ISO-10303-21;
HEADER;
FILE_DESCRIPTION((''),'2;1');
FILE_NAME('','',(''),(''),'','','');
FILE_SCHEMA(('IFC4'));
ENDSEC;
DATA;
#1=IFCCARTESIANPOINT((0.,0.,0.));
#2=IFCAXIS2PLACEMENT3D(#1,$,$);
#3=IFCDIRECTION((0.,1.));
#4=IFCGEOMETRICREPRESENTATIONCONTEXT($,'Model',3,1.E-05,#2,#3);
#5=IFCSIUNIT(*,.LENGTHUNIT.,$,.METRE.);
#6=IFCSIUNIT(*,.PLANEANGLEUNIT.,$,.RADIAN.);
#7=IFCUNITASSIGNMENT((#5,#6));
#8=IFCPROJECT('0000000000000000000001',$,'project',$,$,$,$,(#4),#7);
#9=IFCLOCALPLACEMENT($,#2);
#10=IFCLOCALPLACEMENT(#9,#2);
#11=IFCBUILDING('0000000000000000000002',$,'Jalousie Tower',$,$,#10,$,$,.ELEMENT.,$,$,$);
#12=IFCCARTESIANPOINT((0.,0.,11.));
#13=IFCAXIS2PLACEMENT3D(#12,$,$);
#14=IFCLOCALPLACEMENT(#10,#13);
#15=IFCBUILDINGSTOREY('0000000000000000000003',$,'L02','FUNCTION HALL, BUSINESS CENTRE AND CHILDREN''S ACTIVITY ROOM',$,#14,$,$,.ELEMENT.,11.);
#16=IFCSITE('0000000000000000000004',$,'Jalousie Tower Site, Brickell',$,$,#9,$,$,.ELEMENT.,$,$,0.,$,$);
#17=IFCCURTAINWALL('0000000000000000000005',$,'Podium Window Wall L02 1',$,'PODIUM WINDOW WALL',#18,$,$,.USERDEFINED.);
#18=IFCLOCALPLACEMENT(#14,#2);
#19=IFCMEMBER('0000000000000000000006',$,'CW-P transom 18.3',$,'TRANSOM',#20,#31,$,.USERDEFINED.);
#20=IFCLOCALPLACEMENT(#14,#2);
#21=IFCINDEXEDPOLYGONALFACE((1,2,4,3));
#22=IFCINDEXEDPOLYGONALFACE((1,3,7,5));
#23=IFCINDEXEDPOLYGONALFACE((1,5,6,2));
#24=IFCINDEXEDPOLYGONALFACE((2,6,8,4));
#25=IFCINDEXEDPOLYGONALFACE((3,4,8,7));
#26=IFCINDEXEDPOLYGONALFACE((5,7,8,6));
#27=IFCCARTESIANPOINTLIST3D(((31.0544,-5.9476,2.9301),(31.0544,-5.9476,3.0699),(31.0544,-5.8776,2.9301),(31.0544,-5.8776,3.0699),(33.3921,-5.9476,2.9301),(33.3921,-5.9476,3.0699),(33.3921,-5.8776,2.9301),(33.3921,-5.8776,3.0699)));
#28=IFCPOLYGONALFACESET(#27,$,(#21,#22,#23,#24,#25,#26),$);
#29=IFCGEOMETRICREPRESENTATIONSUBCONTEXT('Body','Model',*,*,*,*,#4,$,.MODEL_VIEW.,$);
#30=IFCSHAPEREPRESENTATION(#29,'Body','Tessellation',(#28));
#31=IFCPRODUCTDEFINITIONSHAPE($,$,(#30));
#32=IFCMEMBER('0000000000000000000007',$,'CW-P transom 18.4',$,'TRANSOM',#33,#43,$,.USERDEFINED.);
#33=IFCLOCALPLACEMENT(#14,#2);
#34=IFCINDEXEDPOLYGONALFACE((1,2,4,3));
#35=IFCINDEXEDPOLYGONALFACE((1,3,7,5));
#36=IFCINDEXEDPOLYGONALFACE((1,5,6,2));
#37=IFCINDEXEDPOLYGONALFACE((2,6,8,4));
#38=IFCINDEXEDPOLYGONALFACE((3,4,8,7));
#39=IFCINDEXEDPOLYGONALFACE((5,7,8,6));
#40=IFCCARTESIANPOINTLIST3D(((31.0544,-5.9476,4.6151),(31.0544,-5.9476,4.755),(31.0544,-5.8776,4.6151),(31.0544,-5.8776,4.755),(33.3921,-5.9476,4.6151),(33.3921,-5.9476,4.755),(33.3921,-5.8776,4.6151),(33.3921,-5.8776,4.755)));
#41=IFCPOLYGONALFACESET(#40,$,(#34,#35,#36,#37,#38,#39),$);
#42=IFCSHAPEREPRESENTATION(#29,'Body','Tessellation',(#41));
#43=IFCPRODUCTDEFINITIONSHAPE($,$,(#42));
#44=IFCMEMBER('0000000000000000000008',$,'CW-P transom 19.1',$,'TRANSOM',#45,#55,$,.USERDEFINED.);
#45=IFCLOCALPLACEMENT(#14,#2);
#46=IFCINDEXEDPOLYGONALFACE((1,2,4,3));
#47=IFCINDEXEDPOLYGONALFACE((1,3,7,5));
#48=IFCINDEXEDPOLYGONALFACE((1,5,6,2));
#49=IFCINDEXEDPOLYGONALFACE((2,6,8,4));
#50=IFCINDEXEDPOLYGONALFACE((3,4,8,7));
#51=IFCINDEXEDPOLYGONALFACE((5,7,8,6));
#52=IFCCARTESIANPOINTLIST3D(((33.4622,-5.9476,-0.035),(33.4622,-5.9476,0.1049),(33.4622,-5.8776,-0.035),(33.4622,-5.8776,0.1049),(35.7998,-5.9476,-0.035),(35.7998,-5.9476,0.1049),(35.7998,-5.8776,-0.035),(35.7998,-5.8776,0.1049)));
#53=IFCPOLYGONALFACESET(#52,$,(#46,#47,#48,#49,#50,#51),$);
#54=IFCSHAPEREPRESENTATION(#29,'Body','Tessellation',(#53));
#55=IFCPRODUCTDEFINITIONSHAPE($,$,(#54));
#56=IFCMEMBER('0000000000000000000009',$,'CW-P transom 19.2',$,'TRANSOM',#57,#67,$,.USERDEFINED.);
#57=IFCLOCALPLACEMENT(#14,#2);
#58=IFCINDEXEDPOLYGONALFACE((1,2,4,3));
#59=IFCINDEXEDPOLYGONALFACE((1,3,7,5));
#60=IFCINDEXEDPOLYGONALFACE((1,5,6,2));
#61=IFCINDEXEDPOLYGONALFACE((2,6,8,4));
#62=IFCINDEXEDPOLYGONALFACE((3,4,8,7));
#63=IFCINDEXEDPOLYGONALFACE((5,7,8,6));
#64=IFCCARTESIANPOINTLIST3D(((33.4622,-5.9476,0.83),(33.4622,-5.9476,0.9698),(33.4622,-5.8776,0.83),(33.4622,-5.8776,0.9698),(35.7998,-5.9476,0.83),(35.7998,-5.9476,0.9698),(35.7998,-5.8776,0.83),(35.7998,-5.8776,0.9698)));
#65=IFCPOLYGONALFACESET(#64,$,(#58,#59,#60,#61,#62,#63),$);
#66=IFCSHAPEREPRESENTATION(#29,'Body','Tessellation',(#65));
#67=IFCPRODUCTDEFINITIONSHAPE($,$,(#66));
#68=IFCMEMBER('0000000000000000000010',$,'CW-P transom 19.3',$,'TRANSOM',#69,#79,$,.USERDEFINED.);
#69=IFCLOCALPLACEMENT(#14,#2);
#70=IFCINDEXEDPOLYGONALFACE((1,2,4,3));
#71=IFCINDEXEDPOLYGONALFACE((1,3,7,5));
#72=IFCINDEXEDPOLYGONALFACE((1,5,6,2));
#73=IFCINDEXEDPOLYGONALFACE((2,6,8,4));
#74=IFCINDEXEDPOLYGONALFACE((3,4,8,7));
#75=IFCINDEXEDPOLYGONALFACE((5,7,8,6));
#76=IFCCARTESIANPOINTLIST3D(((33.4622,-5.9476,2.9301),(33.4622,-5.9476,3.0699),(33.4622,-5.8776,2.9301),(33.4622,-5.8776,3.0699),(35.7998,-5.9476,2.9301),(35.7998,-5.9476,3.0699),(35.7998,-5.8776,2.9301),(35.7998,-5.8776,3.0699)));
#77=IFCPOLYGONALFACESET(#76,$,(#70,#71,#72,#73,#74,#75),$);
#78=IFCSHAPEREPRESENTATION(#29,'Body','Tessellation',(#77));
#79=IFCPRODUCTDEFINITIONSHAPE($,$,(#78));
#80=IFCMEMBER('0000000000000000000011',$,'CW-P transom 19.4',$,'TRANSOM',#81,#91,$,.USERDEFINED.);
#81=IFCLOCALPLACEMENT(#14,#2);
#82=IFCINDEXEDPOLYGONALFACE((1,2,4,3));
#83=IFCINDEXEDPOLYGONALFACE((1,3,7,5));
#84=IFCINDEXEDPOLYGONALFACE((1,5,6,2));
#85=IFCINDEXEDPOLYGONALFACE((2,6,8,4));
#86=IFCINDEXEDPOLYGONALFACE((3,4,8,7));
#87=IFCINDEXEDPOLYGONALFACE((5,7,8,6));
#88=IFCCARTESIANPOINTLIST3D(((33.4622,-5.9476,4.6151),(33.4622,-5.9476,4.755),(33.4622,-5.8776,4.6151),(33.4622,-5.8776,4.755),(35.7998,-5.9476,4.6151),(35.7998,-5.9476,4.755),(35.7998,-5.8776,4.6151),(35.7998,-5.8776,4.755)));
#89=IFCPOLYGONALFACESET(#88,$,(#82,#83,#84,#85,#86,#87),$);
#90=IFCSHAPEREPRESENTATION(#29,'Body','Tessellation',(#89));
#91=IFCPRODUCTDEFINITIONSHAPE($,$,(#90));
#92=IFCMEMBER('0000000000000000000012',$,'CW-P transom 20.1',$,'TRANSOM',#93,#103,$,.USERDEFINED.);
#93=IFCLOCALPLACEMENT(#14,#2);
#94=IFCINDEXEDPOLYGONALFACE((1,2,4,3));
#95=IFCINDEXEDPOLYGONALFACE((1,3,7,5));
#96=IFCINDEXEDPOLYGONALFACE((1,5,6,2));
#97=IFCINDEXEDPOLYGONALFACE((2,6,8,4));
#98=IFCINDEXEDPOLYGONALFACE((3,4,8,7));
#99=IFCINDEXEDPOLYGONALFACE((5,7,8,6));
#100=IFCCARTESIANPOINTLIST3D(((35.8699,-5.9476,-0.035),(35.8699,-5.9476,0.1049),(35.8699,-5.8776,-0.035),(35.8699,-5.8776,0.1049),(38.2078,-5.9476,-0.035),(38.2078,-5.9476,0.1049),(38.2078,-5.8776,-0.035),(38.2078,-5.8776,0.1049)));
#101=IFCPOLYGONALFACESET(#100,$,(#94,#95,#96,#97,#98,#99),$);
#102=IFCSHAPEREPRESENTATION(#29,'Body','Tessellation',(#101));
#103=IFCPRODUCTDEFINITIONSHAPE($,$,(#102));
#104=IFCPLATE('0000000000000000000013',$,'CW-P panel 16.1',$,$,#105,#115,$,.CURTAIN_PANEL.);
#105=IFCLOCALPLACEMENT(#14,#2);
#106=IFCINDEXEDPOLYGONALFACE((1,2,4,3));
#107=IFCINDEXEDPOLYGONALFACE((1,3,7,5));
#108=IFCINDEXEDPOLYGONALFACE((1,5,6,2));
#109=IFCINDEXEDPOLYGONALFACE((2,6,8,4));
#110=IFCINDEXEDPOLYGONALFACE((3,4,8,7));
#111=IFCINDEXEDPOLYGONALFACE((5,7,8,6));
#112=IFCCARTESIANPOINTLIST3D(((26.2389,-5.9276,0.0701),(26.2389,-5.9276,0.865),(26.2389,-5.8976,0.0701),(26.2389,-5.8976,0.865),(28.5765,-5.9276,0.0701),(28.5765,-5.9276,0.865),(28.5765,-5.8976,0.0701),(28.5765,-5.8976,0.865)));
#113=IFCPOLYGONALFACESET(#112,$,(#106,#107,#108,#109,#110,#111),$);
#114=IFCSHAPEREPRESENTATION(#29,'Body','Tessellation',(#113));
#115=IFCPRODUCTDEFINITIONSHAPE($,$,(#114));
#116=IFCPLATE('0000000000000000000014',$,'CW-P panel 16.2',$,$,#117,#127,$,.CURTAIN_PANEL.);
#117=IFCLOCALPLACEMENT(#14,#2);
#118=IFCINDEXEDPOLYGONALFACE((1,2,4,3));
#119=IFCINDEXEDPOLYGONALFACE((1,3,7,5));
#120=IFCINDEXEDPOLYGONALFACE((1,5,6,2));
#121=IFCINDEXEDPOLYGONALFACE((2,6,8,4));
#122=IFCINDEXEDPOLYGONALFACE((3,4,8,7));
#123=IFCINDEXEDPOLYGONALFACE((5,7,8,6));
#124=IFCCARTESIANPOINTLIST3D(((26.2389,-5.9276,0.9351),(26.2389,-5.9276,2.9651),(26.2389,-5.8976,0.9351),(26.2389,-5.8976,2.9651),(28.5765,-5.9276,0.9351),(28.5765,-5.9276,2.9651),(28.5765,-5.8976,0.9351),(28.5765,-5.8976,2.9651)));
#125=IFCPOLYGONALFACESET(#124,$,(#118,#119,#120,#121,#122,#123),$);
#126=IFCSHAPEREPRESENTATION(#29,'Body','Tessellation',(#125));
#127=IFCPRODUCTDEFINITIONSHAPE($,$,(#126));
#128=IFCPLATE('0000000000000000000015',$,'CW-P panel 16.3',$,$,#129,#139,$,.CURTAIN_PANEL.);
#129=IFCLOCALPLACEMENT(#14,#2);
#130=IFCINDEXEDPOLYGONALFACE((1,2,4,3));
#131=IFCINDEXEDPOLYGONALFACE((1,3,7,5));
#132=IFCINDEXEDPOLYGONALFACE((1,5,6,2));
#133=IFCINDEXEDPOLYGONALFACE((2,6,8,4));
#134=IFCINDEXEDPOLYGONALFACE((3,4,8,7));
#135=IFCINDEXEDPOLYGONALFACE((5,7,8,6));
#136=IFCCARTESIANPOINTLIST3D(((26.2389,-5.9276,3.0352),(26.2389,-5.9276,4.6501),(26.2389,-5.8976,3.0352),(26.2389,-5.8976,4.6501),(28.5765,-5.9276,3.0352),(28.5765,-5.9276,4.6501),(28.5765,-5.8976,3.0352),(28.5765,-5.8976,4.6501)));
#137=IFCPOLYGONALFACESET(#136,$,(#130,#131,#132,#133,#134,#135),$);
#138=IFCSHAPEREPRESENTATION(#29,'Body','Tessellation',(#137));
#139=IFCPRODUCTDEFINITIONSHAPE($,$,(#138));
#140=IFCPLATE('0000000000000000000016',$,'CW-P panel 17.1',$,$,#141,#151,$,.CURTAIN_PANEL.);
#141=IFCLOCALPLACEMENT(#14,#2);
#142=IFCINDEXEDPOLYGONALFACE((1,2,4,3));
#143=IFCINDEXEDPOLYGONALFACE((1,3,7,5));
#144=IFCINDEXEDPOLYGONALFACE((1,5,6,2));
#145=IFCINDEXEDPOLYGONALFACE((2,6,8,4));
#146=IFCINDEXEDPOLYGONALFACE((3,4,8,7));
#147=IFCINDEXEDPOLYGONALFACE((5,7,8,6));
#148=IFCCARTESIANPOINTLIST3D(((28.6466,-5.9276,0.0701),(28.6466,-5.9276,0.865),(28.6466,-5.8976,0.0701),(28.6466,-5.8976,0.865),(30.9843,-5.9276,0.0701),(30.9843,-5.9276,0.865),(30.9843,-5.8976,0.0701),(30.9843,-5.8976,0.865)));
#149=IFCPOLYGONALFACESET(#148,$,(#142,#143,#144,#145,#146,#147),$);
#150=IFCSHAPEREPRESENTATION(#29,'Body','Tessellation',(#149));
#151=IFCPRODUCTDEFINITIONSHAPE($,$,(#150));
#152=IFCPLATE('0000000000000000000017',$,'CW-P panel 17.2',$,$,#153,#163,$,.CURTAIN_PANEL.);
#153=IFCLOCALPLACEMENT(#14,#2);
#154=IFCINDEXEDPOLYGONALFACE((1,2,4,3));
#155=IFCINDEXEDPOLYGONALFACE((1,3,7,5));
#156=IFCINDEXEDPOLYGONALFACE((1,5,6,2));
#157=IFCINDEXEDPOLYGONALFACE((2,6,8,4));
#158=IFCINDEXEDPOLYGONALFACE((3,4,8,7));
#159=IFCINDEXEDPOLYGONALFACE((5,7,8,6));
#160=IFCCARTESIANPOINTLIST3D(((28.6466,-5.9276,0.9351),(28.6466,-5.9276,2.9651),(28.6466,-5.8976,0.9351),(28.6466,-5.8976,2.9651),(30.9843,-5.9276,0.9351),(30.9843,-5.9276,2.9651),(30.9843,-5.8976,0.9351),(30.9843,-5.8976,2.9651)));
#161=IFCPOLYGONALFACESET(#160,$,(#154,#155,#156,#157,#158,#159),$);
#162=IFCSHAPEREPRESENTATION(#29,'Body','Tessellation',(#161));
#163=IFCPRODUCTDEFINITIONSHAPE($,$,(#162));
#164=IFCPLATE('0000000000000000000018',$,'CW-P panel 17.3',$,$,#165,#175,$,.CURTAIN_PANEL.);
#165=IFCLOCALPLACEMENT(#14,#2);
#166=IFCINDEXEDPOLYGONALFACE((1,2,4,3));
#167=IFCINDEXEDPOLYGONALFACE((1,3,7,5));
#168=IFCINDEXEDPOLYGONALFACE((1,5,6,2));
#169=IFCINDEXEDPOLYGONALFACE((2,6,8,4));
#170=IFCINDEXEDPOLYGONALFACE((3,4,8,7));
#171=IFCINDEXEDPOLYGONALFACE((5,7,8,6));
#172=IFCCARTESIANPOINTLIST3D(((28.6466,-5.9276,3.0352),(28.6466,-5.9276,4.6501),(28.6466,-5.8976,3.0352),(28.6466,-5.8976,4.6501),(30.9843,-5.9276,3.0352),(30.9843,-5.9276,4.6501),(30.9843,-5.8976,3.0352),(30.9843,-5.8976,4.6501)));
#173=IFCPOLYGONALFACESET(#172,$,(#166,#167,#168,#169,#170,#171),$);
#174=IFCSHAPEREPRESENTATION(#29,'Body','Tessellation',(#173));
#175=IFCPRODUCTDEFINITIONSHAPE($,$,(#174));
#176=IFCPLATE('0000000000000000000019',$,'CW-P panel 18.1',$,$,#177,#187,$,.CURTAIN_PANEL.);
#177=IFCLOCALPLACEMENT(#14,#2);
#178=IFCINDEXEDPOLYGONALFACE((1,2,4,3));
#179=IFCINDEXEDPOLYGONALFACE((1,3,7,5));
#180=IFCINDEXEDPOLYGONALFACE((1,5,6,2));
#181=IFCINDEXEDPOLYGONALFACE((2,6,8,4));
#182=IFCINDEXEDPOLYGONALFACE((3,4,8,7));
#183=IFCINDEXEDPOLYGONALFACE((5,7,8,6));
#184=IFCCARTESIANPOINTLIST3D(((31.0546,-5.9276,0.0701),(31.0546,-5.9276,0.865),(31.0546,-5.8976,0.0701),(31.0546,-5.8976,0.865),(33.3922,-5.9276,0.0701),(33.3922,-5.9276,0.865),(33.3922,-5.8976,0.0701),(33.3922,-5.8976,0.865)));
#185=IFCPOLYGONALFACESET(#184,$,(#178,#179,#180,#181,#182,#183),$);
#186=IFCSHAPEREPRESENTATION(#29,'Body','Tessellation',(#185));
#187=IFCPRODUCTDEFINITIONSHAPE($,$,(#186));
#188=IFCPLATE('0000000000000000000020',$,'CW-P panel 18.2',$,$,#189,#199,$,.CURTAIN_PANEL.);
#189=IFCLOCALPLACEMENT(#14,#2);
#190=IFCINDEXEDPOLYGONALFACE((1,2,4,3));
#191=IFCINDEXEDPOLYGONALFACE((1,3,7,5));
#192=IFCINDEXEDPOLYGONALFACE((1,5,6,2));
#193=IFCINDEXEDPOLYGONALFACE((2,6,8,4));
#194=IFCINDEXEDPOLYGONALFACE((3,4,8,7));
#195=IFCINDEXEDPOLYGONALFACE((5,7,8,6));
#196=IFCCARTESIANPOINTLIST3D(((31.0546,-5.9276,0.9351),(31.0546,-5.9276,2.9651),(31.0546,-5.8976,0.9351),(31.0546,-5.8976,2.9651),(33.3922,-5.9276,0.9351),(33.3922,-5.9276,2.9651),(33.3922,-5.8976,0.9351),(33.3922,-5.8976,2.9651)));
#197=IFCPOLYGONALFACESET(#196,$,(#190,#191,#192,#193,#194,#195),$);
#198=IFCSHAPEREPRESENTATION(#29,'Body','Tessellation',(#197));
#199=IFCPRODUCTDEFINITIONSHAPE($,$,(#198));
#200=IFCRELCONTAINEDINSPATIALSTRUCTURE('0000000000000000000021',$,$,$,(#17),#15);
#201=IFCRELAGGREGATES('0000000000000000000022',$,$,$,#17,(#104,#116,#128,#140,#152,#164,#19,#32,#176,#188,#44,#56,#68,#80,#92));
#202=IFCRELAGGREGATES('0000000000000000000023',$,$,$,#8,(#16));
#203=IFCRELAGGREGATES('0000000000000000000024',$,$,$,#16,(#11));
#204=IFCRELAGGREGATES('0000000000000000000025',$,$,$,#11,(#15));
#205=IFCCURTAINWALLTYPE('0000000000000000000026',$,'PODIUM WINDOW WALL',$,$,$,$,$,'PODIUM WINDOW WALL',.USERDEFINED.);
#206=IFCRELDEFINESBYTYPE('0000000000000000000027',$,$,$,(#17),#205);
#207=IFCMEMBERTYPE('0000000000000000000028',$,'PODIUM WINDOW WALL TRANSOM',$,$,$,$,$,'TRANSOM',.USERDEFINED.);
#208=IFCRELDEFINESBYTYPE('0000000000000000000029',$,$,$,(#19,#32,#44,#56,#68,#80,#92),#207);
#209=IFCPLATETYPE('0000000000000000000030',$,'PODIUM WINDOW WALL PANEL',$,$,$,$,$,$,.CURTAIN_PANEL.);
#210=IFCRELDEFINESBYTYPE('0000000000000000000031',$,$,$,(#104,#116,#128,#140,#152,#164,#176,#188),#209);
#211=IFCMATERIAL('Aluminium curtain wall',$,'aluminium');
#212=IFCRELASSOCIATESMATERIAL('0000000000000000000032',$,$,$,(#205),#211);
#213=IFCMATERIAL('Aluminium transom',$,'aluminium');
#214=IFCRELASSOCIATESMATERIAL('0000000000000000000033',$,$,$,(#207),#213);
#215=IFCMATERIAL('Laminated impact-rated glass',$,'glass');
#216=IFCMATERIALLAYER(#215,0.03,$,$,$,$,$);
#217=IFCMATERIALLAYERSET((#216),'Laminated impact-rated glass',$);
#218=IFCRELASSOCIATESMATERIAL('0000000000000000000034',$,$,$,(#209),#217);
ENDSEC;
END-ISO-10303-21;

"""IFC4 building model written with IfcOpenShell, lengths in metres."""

from ifc_helpers import new_model, si_unit, direction, frame, origin, origin_2d, place, context, subcontext, project, spatial, rectangle, extrude, material, layer, layer_set, material_profile, profile_set, type_object, element, aggregate, save


model = new_model("IFC4")

# Units and contexts
model_context = context("Model", 3, precision=1e-05, world=origin(), true_north=direction((0.0, 1.0)))
body_context = subcontext(model_context, "Body", "Model", "MODEL_VIEW")
ifc_project = project(units=[si_unit("LENGTHUNIT", "METRE"), si_unit("PLANEANGLEUNIT", "RADIAN")], contexts=[model_context])

# Site, building, storey
site_placement = place(None, origin())
site = spatial("IfcSite", under=ifc_project, at=site_placement, Name="Jalousie Tower Site, Brickell", CompositionType="ELEMENT", RefElevation=0.0)
building_placement = place(site_placement, origin())
building = spatial("IfcBuilding", under=site, at=building_placement, Name="Jalousie Tower", CompositionType="ELEMENT")
storey_placement = place(building_placement, frame((0.0, 0.0, 11.0)))
storey = spatial("IfcBuildingStorey", under=building, at=storey_placement, Name="L02", Description="FUNCTION HALL, BUSINESS CENTRE AND CHILDREN'S ACTIVITY ROOM", CompositionType="ELEMENT", Elevation=11.0)

# Curtain wall, members, plates
ifc_material_1 = material(Name="Aluminium curtain wall", Category="aluminium")
curtain_wall_type = type_object("IfcCurtainWallType", Name="PODIUM WINDOW WALL", ElementType="PODIUM WINDOW WALL", PredefinedType="USERDEFINED", material=ifc_material_1)
curtain_wall_placement = place(storey_placement, origin())
curtain_wall = element("IfcCurtainWall", 1, at=curtain_wall_placement, inside=storey, type_object=curtain_wall_type, Name="Podium Window Wall L02 1", ObjectType="PODIUM WINDOW WALL", PredefinedType="USERDEFINED")
ifc_material_2 = material(Name="Aluminium transom", Category="aluminium")
ifc_material_profile_1 = material_profile(ifc_material_2, rectangle(XDim=0.0701, YDim=0.1399, at=origin_2d()), Name="TRANSOM 70x140")
ifc_profile_set_1 = profile_set([ifc_material_profile_1], Name="Aluminium transom")
member_type_1 = type_object("IfcMemberType", Name="PODIUM WINDOW WALL TRANSOM", ElementType="TRANSOM", PredefinedType="USERDEFINED", material=ifc_profile_set_1)
member_1_placement = place(storey_placement, frame((31.0544, -5.9126, 3.0), z_axis=(1.0, 0.0, 0.0), x_axis=(0.0, 1.0, 0.0)))
member_1 = element("IfcMember", 2, at=member_1_placement, type_object=member_type_1, Name="CW-P transom 18.3", ObjectType="TRANSOM", PredefinedType="USERDEFINED", context=body_context, shape_type="SweptSolid", body=[
    extrude(rectangle(XDim=0.0701, YDim=0.1399, at=origin_2d()), origin(), (0.0, 0.0, 1.0), 2.3376),
])
member_2_placement = place(storey_placement, frame((31.0544, -5.9126, 4.6851), z_axis=(1.0, 0.0, 0.0), x_axis=(0.0, 1.0, 0.0)))
member_2 = element("IfcMember", 3, at=member_2_placement, type_object=member_type_1, Name="CW-P transom 18.4", ObjectType="TRANSOM", PredefinedType="USERDEFINED", context=body_context, shape_type="SweptSolid", body=[
    extrude(rectangle(XDim=0.0701, YDim=0.1399, at=origin_2d()), origin(), (0.0, 0.0, 1.0), 2.3376),
])
member_3_placement = place(storey_placement, frame((33.4622, -5.9126, 0.0349), z_axis=(1.0, 0.0, 0.0), x_axis=(0.0, 1.0, 0.0)))
member_3 = element("IfcMember", 4, at=member_3_placement, type_object=member_type_1, Name="CW-P transom 19.1", ObjectType="TRANSOM", PredefinedType="USERDEFINED", context=body_context, shape_type="SweptSolid", body=[
    extrude(rectangle(XDim=0.0701, YDim=0.1399, at=origin_2d()), origin(), (0.0, 0.0, 1.0), 2.3376),
])
member_4_placement = place(storey_placement, frame((33.4622, -5.9126, 0.8999), z_axis=(1.0, 0.0, 0.0), x_axis=(0.0, 1.0, 0.0)))
member_4 = element("IfcMember", 5, at=member_4_placement, type_object=member_type_1, Name="CW-P transom 19.2", ObjectType="TRANSOM", PredefinedType="USERDEFINED", context=body_context, shape_type="SweptSolid", body=[
    extrude(rectangle(XDim=0.0701, YDim=0.1399, at=origin_2d()), origin(), (0.0, 0.0, 1.0), 2.3376),
])
member_5_placement = place(storey_placement, frame((33.4622, -5.9126, 3.0), z_axis=(1.0, 0.0, 0.0), x_axis=(0.0, 1.0, 0.0)))
member_5 = element("IfcMember", 6, at=member_5_placement, type_object=member_type_1, Name="CW-P transom 19.3", ObjectType="TRANSOM", PredefinedType="USERDEFINED", context=body_context, shape_type="SweptSolid", body=[
    extrude(rectangle(XDim=0.0701, YDim=0.1399, at=origin_2d()), origin(), (0.0, 0.0, 1.0), 2.3376),
])
member_6_placement = place(storey_placement, frame((33.4622, -5.9126, 4.6851), z_axis=(1.0, 0.0, 0.0), x_axis=(0.0, 1.0, 0.0)))
member_6 = element("IfcMember", 7, at=member_6_placement, type_object=member_type_1, Name="CW-P transom 19.4", ObjectType="TRANSOM", PredefinedType="USERDEFINED", context=body_context, shape_type="SweptSolid", body=[
    extrude(rectangle(XDim=0.0701, YDim=0.1399, at=origin_2d()), origin(), (0.0, 0.0, 1.0), 2.3376),
])
member_7_placement = place(storey_placement, frame((35.8699, -5.9126, 0.0349), z_axis=(1.0, 0.0, 0.0), x_axis=(0.0, 1.0, 0.0)))
member_7 = element("IfcMember", 8, at=member_7_placement, type_object=member_type_1, Name="CW-P transom 20.1", ObjectType="TRANSOM", PredefinedType="USERDEFINED", context=body_context, shape_type="SweptSolid", body=[
    extrude(rectangle(XDim=0.0701, YDim=0.1399, at=origin_2d()), origin(), (0.0, 0.0, 1.0), 2.3379),
])
ifc_material_3 = material(Name="Laminated impact-rated glass", Category="glass")
ifc_layer = layer(ifc_material_3, 0.03)
ifc_layer_set = layer_set([ifc_layer], Name="Laminated impact-rated glass")
plate_type = type_object("IfcPlateType", Name="PODIUM WINDOW WALL PANEL", PredefinedType="CURTAIN_PANEL", material=ifc_layer_set)
plate_1_placement = place(storey_placement, frame((27.4077, -5.9126, 0.0701), z_axis=(0.0, 0.0, 1.0), x_axis=(1.0, 0.0, 0.0)))
plate_1 = element("IfcPlate", 9, at=plate_1_placement, type_object=plate_type, Name="CW-P panel 16.1", PredefinedType="CURTAIN_PANEL", context=body_context, shape_type="SweptSolid", body=[
    extrude(rectangle(XDim=2.3376, YDim=0.03, at=origin_2d()), origin(), (0.0, 0.0, 1.0), 0.7949),
])
plate_2_placement = place(storey_placement, frame((27.4077, -5.9126, 0.9351), z_axis=(0.0, 0.0, 1.0), x_axis=(1.0, 0.0, 0.0)))
plate_2 = element("IfcPlate", 10, at=plate_2_placement, type_object=plate_type, Name="CW-P panel 16.2", PredefinedType="CURTAIN_PANEL", context=body_context, shape_type="SweptSolid", body=[
    extrude(rectangle(XDim=2.3376, YDim=0.03, at=origin_2d()), origin(), (0.0, 0.0, 1.0), 2.03),
])
plate_3_placement = place(storey_placement, frame((27.4077, -5.9126, 3.0352), z_axis=(0.0, 0.0, 1.0), x_axis=(1.0, 0.0, 0.0)))
plate_3 = element("IfcPlate", 11, at=plate_3_placement, type_object=plate_type, Name="CW-P panel 16.3", PredefinedType="CURTAIN_PANEL", context=body_context, shape_type="SweptSolid", body=[
    extrude(rectangle(XDim=2.3376, YDim=0.03, at=origin_2d()), origin(), (0.0, 0.0, 1.0), 1.615),
])
plate_4_placement = place(storey_placement, frame((29.8154, -5.9126, 0.0701), z_axis=(0.0, 0.0, 1.0), x_axis=(1.0, 0.0, 0.0)))
plate_4 = element("IfcPlate", 12, at=plate_4_placement, type_object=plate_type, Name="CW-P panel 17.1", PredefinedType="CURTAIN_PANEL", context=body_context, shape_type="SweptSolid", body=[
    extrude(rectangle(XDim=2.3376, YDim=0.03, at=origin_2d()), origin(), (0.0, 0.0, 1.0), 0.7949),
])
plate_5_placement = place(storey_placement, frame((29.8154, -5.9126, 0.9351), z_axis=(0.0, 0.0, 1.0), x_axis=(1.0, 0.0, 0.0)))
plate_5 = element("IfcPlate", 13, at=plate_5_placement, type_object=plate_type, Name="CW-P panel 17.2", PredefinedType="CURTAIN_PANEL", context=body_context, shape_type="SweptSolid", body=[
    extrude(rectangle(XDim=2.3376, YDim=0.03, at=origin_2d()), origin(), (0.0, 0.0, 1.0), 2.03),
])
plate_6_placement = place(storey_placement, frame((29.8154, -5.9126, 3.0352), z_axis=(0.0, 0.0, 1.0), x_axis=(1.0, 0.0, 0.0)))
plate_6 = element("IfcPlate", 14, at=plate_6_placement, type_object=plate_type, Name="CW-P panel 17.3", PredefinedType="CURTAIN_PANEL", context=body_context, shape_type="SweptSolid", body=[
    extrude(rectangle(XDim=2.3376, YDim=0.03, at=origin_2d()), origin(), (0.0, 0.0, 1.0), 1.615),
])
plate_7_placement = place(storey_placement, frame((32.2234, -5.9126, 0.0701), z_axis=(0.0, 0.0, 1.0), x_axis=(1.0, 0.0, 0.0)))
plate_7 = element("IfcPlate", 15, at=plate_7_placement, type_object=plate_type, Name="CW-P panel 18.1", PredefinedType="CURTAIN_PANEL", context=body_context, shape_type="SweptSolid", body=[
    extrude(rectangle(XDim=2.3376, YDim=0.03, at=origin_2d()), origin(), (0.0, 0.0, 1.0), 0.7949),
])
plate_8_placement = place(storey_placement, frame((32.2234, -5.9126, 0.9351), z_axis=(0.0, 0.0, 1.0), x_axis=(1.0, 0.0, 0.0)))
plate_8 = element("IfcPlate", 16, at=plate_8_placement, type_object=plate_type, Name="CW-P panel 18.2", PredefinedType="CURTAIN_PANEL", context=body_context, shape_type="SweptSolid", body=[
    extrude(rectangle(XDim=2.3376, YDim=0.03, at=origin_2d()), origin(), (0.0, 0.0, 1.0), 2.03),
])
aggregate(curtain_wall, [plate_1, plate_2, plate_3, plate_4, plate_5, plate_6, member_1, member_2, plate_7, plate_8, member_3, member_4, member_5, member_6, member_7])

save(model, "model.ifc")
